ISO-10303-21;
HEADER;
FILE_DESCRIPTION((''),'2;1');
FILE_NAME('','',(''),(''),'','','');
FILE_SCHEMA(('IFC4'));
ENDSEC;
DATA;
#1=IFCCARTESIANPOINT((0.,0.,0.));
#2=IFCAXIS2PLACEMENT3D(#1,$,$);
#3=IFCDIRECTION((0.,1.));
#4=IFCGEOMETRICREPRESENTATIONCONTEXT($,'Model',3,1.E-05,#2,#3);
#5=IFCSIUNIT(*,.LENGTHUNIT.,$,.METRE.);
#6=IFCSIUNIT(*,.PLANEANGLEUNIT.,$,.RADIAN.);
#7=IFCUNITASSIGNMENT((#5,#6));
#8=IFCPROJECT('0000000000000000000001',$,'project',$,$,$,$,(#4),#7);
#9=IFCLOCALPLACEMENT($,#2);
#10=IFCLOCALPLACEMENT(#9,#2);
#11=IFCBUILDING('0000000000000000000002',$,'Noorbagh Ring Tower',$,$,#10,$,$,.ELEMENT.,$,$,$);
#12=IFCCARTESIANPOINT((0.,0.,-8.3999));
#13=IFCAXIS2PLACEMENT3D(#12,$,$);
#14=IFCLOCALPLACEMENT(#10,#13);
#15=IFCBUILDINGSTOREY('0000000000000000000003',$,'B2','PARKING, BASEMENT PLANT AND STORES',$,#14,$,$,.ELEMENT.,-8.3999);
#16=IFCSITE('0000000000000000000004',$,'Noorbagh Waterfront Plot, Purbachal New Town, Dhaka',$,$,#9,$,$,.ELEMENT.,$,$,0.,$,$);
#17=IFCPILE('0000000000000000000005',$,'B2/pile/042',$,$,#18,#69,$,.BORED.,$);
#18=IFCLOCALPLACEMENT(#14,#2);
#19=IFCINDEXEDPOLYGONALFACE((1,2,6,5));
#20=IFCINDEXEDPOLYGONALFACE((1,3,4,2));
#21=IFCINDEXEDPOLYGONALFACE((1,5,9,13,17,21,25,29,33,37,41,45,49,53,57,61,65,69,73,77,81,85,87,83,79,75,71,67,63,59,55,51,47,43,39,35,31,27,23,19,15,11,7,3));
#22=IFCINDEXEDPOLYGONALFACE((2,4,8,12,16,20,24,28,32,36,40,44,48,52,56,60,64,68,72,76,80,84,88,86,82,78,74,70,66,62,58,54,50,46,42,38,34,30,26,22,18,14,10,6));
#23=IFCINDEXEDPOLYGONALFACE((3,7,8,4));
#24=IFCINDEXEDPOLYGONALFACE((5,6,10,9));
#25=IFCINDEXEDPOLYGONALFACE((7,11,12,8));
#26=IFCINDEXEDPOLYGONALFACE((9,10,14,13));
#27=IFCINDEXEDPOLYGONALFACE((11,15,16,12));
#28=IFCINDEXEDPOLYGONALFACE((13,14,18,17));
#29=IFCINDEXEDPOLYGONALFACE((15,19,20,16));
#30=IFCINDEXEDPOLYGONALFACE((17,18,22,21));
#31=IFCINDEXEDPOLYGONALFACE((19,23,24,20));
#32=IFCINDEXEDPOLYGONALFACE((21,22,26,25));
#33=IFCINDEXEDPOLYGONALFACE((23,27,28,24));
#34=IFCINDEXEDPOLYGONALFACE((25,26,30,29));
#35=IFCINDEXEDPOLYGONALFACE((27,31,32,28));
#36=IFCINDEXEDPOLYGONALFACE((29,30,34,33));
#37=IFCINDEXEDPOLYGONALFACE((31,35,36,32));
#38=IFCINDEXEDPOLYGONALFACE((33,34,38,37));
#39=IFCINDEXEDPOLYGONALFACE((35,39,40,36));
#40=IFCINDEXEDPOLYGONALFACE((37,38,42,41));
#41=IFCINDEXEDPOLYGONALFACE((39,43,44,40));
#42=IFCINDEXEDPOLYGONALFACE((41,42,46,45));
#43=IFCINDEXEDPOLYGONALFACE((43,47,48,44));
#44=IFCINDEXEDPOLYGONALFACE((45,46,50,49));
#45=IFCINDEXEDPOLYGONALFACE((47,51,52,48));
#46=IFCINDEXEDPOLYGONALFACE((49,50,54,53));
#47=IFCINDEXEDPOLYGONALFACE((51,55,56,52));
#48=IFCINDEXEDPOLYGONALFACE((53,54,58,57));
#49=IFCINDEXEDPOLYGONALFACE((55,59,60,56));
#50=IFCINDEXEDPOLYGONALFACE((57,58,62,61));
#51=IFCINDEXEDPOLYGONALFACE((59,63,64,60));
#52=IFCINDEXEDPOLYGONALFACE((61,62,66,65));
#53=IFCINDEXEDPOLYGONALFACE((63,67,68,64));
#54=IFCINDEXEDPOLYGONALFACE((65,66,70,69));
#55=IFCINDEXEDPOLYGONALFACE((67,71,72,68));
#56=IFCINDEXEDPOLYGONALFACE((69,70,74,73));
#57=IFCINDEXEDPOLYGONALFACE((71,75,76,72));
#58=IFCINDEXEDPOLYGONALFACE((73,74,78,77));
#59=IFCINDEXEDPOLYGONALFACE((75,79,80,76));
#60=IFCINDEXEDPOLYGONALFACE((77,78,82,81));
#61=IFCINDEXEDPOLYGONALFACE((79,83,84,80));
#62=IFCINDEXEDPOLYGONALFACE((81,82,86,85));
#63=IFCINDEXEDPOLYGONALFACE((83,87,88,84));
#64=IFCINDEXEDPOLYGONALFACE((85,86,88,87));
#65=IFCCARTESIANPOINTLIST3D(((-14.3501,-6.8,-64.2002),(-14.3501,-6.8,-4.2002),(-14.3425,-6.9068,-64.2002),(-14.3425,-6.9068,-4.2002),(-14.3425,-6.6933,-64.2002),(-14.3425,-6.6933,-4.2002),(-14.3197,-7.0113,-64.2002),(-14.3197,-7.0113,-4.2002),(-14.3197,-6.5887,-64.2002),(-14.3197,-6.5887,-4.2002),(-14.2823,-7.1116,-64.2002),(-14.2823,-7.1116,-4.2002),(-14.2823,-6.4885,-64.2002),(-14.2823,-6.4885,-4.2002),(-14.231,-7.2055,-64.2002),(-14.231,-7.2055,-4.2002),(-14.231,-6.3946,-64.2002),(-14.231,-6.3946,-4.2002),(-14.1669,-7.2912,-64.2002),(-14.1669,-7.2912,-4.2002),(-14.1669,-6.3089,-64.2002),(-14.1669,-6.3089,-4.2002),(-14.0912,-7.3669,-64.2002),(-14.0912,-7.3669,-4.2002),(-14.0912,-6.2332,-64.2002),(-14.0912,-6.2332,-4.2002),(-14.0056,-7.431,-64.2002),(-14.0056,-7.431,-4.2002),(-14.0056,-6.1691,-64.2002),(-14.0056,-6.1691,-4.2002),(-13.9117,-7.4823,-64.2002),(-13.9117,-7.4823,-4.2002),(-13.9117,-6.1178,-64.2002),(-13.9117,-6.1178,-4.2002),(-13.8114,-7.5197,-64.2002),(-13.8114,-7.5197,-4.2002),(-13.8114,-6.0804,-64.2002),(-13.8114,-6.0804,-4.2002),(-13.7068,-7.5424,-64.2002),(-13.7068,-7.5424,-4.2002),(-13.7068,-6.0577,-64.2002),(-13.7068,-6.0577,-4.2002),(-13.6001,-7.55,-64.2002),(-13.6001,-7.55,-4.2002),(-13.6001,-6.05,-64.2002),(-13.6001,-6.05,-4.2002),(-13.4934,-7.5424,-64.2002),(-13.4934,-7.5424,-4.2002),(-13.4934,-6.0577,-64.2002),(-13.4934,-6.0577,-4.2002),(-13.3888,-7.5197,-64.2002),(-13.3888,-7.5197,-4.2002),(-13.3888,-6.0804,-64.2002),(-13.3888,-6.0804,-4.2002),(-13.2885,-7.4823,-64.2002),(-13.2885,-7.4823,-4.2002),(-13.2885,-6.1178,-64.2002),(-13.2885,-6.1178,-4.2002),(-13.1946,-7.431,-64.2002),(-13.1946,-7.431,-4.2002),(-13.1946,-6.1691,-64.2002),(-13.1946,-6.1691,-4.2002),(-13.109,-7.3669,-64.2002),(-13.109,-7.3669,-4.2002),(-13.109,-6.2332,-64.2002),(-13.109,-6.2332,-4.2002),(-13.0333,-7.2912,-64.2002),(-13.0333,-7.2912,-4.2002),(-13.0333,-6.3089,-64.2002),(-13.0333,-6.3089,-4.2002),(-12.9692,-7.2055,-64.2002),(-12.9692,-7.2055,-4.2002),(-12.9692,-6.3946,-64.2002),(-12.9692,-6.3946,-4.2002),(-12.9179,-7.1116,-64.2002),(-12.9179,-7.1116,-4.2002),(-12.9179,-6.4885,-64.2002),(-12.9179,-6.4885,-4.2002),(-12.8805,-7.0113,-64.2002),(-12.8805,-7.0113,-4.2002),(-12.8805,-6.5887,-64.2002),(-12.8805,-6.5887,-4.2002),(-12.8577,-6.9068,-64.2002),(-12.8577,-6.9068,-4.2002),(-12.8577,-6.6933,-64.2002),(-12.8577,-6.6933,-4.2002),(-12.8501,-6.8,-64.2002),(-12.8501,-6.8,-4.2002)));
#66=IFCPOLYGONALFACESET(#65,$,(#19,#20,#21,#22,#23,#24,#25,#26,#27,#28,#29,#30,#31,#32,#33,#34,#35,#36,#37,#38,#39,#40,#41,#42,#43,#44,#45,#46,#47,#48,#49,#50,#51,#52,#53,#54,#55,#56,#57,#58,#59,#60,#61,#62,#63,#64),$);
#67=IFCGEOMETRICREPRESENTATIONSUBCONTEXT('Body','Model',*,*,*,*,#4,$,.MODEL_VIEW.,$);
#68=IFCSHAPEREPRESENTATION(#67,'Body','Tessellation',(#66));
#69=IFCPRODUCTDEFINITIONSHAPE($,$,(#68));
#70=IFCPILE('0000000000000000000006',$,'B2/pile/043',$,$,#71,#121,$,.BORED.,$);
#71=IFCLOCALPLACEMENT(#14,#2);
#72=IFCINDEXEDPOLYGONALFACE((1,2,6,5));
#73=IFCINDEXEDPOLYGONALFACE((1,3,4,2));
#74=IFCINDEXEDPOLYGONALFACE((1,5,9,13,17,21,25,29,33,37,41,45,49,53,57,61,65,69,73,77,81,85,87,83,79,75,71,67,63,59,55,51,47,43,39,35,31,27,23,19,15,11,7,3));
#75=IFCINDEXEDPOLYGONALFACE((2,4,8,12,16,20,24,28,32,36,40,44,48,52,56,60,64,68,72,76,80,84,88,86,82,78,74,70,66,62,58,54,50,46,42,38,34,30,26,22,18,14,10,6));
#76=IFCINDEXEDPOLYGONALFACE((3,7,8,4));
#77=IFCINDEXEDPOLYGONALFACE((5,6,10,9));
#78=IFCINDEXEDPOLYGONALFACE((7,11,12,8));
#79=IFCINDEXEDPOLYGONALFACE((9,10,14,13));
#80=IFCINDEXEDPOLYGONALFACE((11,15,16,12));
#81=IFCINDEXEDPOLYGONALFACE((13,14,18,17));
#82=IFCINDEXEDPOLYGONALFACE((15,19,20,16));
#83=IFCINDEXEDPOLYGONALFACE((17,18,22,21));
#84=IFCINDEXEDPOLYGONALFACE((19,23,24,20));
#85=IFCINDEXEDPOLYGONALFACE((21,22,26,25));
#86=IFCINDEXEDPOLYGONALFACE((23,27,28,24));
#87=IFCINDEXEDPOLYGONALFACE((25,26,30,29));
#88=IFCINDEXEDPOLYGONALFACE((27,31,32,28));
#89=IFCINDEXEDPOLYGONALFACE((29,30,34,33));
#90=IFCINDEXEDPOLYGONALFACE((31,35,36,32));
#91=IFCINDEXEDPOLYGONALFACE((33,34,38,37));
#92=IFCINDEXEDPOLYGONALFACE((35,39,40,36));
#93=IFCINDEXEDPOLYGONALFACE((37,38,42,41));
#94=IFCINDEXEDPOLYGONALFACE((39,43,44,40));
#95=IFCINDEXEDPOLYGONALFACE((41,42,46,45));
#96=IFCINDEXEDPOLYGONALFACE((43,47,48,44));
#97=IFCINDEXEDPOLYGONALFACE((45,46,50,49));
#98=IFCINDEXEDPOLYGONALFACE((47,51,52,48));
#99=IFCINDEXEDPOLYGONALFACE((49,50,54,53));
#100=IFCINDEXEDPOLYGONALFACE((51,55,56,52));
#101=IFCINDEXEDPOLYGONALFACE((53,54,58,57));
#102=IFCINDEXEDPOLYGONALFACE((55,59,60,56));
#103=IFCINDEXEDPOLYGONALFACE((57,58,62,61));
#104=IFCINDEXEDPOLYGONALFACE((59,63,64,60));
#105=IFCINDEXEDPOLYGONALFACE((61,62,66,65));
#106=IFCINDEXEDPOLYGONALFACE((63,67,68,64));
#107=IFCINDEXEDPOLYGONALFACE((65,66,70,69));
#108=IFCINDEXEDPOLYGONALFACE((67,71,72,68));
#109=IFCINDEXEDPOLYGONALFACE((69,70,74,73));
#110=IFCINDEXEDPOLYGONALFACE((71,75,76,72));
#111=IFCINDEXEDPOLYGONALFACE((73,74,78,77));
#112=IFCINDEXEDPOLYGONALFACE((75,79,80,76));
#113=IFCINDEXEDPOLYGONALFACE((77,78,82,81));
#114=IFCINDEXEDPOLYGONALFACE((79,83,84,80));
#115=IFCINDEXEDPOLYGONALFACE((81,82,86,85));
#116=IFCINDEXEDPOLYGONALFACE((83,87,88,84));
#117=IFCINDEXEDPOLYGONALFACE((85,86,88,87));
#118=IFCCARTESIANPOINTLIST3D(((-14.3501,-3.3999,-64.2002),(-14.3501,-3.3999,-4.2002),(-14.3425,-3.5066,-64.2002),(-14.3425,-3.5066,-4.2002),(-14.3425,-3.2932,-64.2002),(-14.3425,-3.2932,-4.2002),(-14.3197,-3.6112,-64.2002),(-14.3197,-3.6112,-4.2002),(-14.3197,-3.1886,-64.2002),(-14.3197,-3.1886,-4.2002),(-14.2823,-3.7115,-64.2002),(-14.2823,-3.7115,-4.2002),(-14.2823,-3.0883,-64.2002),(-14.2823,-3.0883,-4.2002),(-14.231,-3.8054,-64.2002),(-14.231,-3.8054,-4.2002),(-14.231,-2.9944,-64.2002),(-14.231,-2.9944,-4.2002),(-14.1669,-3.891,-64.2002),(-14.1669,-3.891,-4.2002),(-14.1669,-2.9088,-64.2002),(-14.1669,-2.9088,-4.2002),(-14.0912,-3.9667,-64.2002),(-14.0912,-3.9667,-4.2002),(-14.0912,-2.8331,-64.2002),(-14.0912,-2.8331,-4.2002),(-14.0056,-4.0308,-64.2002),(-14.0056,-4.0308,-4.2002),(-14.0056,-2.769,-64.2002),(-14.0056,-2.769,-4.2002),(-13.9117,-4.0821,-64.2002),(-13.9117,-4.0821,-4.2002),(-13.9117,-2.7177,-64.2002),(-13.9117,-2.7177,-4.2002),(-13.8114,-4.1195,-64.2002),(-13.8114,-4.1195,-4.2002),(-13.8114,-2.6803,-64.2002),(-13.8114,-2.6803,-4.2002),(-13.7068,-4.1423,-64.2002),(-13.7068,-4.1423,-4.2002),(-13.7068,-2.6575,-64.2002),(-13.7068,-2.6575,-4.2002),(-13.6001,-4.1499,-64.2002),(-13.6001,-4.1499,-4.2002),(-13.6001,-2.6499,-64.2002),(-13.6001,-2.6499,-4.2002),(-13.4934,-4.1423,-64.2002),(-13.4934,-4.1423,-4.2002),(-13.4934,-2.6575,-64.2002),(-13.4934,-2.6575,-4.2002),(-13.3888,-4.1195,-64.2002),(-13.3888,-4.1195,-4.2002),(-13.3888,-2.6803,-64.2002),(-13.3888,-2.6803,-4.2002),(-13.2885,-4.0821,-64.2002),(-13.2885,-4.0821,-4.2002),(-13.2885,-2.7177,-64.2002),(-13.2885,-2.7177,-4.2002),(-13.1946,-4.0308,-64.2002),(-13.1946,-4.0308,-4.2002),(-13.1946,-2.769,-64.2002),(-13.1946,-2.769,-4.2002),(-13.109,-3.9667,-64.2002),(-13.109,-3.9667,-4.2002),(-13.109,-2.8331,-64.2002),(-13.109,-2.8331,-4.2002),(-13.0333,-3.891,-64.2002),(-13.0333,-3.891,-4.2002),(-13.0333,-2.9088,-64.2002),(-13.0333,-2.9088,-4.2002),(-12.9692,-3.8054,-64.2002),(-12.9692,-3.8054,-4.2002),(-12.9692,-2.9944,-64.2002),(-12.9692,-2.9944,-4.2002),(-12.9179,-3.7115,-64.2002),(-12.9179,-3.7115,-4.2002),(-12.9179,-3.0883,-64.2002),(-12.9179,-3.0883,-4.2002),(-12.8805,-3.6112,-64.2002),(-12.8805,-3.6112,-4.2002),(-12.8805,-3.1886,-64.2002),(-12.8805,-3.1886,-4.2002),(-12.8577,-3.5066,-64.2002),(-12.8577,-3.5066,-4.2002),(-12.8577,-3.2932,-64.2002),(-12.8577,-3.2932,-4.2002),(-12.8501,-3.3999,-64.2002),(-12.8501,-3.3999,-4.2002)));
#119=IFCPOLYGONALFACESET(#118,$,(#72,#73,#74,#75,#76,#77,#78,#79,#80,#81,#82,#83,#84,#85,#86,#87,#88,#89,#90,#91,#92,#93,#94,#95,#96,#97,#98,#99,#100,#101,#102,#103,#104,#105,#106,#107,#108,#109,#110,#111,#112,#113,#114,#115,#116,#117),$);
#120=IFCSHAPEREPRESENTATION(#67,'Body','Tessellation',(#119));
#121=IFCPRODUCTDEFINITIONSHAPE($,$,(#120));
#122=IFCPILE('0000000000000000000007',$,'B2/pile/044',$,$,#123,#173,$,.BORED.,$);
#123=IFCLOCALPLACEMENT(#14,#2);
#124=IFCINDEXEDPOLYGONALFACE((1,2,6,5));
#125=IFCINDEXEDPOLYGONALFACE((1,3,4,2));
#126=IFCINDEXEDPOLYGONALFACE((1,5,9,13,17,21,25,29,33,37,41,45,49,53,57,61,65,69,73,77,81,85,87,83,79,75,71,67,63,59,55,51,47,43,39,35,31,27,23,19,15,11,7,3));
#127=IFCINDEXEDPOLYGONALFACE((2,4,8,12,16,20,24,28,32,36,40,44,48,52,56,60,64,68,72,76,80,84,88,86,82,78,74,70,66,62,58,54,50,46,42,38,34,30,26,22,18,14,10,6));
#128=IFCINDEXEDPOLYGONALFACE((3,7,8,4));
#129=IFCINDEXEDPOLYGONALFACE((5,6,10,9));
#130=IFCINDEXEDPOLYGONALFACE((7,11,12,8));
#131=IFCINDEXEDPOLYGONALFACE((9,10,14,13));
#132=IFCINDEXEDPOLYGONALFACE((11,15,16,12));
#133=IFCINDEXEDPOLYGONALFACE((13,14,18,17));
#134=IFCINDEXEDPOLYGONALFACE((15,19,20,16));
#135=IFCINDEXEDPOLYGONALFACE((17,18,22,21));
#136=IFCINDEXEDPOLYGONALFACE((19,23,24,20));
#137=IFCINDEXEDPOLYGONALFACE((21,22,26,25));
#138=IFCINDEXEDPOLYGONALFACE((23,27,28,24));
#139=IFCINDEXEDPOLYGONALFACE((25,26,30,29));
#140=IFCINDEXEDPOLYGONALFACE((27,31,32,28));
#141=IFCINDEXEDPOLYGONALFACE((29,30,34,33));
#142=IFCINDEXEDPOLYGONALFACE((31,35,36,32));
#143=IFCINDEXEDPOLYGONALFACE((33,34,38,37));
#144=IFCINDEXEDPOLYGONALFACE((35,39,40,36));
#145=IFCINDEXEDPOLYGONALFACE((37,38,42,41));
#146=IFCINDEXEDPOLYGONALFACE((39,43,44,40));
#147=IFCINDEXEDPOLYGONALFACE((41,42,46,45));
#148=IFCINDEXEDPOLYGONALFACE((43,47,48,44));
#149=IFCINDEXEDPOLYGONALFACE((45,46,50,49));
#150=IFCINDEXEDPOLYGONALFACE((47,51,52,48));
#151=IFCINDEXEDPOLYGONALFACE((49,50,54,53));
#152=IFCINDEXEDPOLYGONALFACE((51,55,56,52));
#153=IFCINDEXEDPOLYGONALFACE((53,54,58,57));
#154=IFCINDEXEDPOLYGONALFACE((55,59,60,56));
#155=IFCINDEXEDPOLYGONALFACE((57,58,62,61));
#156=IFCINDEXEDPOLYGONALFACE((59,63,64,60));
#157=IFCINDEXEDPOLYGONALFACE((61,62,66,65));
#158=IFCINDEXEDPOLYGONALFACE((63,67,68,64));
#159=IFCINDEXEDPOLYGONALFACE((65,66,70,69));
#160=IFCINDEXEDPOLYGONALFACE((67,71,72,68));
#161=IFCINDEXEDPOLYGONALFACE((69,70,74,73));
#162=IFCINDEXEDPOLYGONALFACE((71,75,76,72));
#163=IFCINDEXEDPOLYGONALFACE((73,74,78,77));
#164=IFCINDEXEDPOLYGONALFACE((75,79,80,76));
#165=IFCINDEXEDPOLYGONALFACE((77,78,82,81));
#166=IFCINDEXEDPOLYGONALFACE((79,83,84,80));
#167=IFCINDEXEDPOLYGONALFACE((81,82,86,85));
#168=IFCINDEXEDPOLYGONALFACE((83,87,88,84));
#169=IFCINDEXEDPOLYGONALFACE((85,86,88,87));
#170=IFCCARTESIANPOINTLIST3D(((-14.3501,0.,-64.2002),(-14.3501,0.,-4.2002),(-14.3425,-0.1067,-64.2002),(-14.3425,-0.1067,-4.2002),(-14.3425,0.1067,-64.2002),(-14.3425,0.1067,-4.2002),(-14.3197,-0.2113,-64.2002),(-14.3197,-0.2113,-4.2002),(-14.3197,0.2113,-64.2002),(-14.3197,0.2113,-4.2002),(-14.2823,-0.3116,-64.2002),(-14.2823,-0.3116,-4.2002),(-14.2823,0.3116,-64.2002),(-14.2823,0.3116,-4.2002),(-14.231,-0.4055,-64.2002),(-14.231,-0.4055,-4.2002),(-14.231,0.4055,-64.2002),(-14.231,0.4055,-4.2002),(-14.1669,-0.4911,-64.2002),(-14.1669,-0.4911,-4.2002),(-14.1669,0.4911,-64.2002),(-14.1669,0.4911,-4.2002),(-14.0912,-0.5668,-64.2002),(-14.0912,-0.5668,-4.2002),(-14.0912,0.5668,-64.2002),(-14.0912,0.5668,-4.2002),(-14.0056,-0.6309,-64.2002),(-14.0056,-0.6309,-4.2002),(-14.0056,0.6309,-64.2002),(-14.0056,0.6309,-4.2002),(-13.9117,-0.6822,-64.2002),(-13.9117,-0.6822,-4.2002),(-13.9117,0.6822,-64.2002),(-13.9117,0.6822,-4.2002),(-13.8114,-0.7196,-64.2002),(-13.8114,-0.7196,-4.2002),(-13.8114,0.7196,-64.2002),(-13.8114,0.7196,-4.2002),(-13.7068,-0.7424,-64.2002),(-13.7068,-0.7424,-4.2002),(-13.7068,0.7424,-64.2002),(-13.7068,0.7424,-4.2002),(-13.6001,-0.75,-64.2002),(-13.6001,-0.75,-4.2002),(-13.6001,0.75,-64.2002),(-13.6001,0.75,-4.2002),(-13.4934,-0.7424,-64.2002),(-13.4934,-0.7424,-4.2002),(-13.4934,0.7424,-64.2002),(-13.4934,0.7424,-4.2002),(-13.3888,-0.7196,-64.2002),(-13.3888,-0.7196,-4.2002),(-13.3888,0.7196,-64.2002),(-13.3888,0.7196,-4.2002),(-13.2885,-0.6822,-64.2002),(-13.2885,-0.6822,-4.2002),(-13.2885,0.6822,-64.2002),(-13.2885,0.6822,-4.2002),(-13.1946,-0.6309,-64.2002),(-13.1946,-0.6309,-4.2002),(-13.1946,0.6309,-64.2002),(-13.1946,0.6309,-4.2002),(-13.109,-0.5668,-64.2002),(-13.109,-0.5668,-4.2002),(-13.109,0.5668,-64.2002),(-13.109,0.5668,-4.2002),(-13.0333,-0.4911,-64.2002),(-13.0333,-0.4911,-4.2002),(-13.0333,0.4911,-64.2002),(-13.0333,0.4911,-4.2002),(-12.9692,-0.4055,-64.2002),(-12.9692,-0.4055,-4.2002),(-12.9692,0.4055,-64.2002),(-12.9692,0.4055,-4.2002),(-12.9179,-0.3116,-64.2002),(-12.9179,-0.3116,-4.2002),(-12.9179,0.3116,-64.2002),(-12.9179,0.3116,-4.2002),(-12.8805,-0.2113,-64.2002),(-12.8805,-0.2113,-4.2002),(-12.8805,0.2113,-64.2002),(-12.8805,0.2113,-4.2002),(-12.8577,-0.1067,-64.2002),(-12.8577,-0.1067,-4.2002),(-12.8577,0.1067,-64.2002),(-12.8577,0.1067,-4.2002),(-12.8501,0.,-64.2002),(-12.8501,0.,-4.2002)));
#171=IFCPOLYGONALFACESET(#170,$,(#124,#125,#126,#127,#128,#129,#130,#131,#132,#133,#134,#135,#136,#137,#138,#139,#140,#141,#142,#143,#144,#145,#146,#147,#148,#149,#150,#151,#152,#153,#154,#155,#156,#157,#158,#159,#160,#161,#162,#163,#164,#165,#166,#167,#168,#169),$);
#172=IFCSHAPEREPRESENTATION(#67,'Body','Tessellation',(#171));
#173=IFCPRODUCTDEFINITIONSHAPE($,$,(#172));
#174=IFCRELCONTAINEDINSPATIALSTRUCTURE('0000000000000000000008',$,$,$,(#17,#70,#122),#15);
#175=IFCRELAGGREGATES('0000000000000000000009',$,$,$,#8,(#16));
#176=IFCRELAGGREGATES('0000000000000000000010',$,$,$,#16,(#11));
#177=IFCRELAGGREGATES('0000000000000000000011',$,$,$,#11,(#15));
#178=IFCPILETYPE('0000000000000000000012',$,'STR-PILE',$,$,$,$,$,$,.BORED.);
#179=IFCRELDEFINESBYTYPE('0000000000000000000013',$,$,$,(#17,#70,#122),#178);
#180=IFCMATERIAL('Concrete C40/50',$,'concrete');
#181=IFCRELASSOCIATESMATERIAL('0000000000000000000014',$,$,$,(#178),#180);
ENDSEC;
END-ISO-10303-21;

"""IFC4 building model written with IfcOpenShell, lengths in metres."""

from ifc_helpers import new_model, si_unit, direction, frame, origin, origin_2d, place, context, subcontext, project, spatial, circle, extrude, material, material_profile, profile_set, type_object, element, save


model = new_model("IFC4")

# Units and contexts
model_context = context("Model", 3, precision=1e-05, world=origin(), true_north=direction((0.0, 1.0)))
body_context = subcontext(model_context, "Body", "Model", "MODEL_VIEW")
ifc_project = project(units=[si_unit("LENGTHUNIT", "METRE"), si_unit("PLANEANGLEUNIT", "RADIAN")], contexts=[model_context])

# Site, building, storey
site_placement = place(None, origin())
site = spatial("IfcSite", under=ifc_project, at=site_placement, Name="Noorbagh Waterfront Plot, Purbachal New Town, Dhaka", CompositionType="ELEMENT", RefElevation=0.0)
building_placement = place(site_placement, origin())
building = spatial("IfcBuilding", under=site, at=building_placement, Name="Noorbagh Ring Tower", CompositionType="ELEMENT")
storey_placement = place(building_placement, frame((0.0, 0.0, -8.3999)))
storey = spatial("IfcBuildingStorey", under=building, at=storey_placement, Name="B2", Description="PARKING, BASEMENT PLANT AND STORES", CompositionType="ELEMENT", Elevation=-8.3999)

# Piles
ifc_material_1 = material(Name="Concrete C40/50", Category="concrete")
ifc_material_profile = material_profile(ifc_material_1, circle(Radius=0.75, at=origin_2d()), Name="PILE1500")
ifc_profile_set = profile_set([ifc_material_profile], Name="Concrete C40/50")
pile_type = type_object("IfcPileType", Name="STR-PILE", PredefinedType="BORED", material=ifc_profile_set)
for number, where, z_axis, x_axis, name in (
    (1, (-13.6001, -6.8, -4.2002), (0.0, 0.0, -1.0), (1.0, 0.0, 0.0), "B2/pile/042"),
    (2, (-13.6001, -3.3999, -4.2002), (0.0, 0.0, -1.0), (1.0, 0.0, 0.0), "B2/pile/043"),
    (3, (-13.6001, 0.0, -4.2002), (0.0, 0.0, -1.0), (1.0, 0.0, 0.0), "B2/pile/044"),
):
    element("IfcPile", number, at=place(storey_placement, frame(where, z_axis=z_axis, x_axis=x_axis)), inside=storey, type_object=pile_type, Name=name, PredefinedType="BORED", context=body_context, shape_type="SweptSolid", body=[
        extrude(circle(Radius=0.75, at=origin_2d()), origin(), (0.0, 0.0, 1.0), 60.0),
    ])

save(model, "model.ifc")
